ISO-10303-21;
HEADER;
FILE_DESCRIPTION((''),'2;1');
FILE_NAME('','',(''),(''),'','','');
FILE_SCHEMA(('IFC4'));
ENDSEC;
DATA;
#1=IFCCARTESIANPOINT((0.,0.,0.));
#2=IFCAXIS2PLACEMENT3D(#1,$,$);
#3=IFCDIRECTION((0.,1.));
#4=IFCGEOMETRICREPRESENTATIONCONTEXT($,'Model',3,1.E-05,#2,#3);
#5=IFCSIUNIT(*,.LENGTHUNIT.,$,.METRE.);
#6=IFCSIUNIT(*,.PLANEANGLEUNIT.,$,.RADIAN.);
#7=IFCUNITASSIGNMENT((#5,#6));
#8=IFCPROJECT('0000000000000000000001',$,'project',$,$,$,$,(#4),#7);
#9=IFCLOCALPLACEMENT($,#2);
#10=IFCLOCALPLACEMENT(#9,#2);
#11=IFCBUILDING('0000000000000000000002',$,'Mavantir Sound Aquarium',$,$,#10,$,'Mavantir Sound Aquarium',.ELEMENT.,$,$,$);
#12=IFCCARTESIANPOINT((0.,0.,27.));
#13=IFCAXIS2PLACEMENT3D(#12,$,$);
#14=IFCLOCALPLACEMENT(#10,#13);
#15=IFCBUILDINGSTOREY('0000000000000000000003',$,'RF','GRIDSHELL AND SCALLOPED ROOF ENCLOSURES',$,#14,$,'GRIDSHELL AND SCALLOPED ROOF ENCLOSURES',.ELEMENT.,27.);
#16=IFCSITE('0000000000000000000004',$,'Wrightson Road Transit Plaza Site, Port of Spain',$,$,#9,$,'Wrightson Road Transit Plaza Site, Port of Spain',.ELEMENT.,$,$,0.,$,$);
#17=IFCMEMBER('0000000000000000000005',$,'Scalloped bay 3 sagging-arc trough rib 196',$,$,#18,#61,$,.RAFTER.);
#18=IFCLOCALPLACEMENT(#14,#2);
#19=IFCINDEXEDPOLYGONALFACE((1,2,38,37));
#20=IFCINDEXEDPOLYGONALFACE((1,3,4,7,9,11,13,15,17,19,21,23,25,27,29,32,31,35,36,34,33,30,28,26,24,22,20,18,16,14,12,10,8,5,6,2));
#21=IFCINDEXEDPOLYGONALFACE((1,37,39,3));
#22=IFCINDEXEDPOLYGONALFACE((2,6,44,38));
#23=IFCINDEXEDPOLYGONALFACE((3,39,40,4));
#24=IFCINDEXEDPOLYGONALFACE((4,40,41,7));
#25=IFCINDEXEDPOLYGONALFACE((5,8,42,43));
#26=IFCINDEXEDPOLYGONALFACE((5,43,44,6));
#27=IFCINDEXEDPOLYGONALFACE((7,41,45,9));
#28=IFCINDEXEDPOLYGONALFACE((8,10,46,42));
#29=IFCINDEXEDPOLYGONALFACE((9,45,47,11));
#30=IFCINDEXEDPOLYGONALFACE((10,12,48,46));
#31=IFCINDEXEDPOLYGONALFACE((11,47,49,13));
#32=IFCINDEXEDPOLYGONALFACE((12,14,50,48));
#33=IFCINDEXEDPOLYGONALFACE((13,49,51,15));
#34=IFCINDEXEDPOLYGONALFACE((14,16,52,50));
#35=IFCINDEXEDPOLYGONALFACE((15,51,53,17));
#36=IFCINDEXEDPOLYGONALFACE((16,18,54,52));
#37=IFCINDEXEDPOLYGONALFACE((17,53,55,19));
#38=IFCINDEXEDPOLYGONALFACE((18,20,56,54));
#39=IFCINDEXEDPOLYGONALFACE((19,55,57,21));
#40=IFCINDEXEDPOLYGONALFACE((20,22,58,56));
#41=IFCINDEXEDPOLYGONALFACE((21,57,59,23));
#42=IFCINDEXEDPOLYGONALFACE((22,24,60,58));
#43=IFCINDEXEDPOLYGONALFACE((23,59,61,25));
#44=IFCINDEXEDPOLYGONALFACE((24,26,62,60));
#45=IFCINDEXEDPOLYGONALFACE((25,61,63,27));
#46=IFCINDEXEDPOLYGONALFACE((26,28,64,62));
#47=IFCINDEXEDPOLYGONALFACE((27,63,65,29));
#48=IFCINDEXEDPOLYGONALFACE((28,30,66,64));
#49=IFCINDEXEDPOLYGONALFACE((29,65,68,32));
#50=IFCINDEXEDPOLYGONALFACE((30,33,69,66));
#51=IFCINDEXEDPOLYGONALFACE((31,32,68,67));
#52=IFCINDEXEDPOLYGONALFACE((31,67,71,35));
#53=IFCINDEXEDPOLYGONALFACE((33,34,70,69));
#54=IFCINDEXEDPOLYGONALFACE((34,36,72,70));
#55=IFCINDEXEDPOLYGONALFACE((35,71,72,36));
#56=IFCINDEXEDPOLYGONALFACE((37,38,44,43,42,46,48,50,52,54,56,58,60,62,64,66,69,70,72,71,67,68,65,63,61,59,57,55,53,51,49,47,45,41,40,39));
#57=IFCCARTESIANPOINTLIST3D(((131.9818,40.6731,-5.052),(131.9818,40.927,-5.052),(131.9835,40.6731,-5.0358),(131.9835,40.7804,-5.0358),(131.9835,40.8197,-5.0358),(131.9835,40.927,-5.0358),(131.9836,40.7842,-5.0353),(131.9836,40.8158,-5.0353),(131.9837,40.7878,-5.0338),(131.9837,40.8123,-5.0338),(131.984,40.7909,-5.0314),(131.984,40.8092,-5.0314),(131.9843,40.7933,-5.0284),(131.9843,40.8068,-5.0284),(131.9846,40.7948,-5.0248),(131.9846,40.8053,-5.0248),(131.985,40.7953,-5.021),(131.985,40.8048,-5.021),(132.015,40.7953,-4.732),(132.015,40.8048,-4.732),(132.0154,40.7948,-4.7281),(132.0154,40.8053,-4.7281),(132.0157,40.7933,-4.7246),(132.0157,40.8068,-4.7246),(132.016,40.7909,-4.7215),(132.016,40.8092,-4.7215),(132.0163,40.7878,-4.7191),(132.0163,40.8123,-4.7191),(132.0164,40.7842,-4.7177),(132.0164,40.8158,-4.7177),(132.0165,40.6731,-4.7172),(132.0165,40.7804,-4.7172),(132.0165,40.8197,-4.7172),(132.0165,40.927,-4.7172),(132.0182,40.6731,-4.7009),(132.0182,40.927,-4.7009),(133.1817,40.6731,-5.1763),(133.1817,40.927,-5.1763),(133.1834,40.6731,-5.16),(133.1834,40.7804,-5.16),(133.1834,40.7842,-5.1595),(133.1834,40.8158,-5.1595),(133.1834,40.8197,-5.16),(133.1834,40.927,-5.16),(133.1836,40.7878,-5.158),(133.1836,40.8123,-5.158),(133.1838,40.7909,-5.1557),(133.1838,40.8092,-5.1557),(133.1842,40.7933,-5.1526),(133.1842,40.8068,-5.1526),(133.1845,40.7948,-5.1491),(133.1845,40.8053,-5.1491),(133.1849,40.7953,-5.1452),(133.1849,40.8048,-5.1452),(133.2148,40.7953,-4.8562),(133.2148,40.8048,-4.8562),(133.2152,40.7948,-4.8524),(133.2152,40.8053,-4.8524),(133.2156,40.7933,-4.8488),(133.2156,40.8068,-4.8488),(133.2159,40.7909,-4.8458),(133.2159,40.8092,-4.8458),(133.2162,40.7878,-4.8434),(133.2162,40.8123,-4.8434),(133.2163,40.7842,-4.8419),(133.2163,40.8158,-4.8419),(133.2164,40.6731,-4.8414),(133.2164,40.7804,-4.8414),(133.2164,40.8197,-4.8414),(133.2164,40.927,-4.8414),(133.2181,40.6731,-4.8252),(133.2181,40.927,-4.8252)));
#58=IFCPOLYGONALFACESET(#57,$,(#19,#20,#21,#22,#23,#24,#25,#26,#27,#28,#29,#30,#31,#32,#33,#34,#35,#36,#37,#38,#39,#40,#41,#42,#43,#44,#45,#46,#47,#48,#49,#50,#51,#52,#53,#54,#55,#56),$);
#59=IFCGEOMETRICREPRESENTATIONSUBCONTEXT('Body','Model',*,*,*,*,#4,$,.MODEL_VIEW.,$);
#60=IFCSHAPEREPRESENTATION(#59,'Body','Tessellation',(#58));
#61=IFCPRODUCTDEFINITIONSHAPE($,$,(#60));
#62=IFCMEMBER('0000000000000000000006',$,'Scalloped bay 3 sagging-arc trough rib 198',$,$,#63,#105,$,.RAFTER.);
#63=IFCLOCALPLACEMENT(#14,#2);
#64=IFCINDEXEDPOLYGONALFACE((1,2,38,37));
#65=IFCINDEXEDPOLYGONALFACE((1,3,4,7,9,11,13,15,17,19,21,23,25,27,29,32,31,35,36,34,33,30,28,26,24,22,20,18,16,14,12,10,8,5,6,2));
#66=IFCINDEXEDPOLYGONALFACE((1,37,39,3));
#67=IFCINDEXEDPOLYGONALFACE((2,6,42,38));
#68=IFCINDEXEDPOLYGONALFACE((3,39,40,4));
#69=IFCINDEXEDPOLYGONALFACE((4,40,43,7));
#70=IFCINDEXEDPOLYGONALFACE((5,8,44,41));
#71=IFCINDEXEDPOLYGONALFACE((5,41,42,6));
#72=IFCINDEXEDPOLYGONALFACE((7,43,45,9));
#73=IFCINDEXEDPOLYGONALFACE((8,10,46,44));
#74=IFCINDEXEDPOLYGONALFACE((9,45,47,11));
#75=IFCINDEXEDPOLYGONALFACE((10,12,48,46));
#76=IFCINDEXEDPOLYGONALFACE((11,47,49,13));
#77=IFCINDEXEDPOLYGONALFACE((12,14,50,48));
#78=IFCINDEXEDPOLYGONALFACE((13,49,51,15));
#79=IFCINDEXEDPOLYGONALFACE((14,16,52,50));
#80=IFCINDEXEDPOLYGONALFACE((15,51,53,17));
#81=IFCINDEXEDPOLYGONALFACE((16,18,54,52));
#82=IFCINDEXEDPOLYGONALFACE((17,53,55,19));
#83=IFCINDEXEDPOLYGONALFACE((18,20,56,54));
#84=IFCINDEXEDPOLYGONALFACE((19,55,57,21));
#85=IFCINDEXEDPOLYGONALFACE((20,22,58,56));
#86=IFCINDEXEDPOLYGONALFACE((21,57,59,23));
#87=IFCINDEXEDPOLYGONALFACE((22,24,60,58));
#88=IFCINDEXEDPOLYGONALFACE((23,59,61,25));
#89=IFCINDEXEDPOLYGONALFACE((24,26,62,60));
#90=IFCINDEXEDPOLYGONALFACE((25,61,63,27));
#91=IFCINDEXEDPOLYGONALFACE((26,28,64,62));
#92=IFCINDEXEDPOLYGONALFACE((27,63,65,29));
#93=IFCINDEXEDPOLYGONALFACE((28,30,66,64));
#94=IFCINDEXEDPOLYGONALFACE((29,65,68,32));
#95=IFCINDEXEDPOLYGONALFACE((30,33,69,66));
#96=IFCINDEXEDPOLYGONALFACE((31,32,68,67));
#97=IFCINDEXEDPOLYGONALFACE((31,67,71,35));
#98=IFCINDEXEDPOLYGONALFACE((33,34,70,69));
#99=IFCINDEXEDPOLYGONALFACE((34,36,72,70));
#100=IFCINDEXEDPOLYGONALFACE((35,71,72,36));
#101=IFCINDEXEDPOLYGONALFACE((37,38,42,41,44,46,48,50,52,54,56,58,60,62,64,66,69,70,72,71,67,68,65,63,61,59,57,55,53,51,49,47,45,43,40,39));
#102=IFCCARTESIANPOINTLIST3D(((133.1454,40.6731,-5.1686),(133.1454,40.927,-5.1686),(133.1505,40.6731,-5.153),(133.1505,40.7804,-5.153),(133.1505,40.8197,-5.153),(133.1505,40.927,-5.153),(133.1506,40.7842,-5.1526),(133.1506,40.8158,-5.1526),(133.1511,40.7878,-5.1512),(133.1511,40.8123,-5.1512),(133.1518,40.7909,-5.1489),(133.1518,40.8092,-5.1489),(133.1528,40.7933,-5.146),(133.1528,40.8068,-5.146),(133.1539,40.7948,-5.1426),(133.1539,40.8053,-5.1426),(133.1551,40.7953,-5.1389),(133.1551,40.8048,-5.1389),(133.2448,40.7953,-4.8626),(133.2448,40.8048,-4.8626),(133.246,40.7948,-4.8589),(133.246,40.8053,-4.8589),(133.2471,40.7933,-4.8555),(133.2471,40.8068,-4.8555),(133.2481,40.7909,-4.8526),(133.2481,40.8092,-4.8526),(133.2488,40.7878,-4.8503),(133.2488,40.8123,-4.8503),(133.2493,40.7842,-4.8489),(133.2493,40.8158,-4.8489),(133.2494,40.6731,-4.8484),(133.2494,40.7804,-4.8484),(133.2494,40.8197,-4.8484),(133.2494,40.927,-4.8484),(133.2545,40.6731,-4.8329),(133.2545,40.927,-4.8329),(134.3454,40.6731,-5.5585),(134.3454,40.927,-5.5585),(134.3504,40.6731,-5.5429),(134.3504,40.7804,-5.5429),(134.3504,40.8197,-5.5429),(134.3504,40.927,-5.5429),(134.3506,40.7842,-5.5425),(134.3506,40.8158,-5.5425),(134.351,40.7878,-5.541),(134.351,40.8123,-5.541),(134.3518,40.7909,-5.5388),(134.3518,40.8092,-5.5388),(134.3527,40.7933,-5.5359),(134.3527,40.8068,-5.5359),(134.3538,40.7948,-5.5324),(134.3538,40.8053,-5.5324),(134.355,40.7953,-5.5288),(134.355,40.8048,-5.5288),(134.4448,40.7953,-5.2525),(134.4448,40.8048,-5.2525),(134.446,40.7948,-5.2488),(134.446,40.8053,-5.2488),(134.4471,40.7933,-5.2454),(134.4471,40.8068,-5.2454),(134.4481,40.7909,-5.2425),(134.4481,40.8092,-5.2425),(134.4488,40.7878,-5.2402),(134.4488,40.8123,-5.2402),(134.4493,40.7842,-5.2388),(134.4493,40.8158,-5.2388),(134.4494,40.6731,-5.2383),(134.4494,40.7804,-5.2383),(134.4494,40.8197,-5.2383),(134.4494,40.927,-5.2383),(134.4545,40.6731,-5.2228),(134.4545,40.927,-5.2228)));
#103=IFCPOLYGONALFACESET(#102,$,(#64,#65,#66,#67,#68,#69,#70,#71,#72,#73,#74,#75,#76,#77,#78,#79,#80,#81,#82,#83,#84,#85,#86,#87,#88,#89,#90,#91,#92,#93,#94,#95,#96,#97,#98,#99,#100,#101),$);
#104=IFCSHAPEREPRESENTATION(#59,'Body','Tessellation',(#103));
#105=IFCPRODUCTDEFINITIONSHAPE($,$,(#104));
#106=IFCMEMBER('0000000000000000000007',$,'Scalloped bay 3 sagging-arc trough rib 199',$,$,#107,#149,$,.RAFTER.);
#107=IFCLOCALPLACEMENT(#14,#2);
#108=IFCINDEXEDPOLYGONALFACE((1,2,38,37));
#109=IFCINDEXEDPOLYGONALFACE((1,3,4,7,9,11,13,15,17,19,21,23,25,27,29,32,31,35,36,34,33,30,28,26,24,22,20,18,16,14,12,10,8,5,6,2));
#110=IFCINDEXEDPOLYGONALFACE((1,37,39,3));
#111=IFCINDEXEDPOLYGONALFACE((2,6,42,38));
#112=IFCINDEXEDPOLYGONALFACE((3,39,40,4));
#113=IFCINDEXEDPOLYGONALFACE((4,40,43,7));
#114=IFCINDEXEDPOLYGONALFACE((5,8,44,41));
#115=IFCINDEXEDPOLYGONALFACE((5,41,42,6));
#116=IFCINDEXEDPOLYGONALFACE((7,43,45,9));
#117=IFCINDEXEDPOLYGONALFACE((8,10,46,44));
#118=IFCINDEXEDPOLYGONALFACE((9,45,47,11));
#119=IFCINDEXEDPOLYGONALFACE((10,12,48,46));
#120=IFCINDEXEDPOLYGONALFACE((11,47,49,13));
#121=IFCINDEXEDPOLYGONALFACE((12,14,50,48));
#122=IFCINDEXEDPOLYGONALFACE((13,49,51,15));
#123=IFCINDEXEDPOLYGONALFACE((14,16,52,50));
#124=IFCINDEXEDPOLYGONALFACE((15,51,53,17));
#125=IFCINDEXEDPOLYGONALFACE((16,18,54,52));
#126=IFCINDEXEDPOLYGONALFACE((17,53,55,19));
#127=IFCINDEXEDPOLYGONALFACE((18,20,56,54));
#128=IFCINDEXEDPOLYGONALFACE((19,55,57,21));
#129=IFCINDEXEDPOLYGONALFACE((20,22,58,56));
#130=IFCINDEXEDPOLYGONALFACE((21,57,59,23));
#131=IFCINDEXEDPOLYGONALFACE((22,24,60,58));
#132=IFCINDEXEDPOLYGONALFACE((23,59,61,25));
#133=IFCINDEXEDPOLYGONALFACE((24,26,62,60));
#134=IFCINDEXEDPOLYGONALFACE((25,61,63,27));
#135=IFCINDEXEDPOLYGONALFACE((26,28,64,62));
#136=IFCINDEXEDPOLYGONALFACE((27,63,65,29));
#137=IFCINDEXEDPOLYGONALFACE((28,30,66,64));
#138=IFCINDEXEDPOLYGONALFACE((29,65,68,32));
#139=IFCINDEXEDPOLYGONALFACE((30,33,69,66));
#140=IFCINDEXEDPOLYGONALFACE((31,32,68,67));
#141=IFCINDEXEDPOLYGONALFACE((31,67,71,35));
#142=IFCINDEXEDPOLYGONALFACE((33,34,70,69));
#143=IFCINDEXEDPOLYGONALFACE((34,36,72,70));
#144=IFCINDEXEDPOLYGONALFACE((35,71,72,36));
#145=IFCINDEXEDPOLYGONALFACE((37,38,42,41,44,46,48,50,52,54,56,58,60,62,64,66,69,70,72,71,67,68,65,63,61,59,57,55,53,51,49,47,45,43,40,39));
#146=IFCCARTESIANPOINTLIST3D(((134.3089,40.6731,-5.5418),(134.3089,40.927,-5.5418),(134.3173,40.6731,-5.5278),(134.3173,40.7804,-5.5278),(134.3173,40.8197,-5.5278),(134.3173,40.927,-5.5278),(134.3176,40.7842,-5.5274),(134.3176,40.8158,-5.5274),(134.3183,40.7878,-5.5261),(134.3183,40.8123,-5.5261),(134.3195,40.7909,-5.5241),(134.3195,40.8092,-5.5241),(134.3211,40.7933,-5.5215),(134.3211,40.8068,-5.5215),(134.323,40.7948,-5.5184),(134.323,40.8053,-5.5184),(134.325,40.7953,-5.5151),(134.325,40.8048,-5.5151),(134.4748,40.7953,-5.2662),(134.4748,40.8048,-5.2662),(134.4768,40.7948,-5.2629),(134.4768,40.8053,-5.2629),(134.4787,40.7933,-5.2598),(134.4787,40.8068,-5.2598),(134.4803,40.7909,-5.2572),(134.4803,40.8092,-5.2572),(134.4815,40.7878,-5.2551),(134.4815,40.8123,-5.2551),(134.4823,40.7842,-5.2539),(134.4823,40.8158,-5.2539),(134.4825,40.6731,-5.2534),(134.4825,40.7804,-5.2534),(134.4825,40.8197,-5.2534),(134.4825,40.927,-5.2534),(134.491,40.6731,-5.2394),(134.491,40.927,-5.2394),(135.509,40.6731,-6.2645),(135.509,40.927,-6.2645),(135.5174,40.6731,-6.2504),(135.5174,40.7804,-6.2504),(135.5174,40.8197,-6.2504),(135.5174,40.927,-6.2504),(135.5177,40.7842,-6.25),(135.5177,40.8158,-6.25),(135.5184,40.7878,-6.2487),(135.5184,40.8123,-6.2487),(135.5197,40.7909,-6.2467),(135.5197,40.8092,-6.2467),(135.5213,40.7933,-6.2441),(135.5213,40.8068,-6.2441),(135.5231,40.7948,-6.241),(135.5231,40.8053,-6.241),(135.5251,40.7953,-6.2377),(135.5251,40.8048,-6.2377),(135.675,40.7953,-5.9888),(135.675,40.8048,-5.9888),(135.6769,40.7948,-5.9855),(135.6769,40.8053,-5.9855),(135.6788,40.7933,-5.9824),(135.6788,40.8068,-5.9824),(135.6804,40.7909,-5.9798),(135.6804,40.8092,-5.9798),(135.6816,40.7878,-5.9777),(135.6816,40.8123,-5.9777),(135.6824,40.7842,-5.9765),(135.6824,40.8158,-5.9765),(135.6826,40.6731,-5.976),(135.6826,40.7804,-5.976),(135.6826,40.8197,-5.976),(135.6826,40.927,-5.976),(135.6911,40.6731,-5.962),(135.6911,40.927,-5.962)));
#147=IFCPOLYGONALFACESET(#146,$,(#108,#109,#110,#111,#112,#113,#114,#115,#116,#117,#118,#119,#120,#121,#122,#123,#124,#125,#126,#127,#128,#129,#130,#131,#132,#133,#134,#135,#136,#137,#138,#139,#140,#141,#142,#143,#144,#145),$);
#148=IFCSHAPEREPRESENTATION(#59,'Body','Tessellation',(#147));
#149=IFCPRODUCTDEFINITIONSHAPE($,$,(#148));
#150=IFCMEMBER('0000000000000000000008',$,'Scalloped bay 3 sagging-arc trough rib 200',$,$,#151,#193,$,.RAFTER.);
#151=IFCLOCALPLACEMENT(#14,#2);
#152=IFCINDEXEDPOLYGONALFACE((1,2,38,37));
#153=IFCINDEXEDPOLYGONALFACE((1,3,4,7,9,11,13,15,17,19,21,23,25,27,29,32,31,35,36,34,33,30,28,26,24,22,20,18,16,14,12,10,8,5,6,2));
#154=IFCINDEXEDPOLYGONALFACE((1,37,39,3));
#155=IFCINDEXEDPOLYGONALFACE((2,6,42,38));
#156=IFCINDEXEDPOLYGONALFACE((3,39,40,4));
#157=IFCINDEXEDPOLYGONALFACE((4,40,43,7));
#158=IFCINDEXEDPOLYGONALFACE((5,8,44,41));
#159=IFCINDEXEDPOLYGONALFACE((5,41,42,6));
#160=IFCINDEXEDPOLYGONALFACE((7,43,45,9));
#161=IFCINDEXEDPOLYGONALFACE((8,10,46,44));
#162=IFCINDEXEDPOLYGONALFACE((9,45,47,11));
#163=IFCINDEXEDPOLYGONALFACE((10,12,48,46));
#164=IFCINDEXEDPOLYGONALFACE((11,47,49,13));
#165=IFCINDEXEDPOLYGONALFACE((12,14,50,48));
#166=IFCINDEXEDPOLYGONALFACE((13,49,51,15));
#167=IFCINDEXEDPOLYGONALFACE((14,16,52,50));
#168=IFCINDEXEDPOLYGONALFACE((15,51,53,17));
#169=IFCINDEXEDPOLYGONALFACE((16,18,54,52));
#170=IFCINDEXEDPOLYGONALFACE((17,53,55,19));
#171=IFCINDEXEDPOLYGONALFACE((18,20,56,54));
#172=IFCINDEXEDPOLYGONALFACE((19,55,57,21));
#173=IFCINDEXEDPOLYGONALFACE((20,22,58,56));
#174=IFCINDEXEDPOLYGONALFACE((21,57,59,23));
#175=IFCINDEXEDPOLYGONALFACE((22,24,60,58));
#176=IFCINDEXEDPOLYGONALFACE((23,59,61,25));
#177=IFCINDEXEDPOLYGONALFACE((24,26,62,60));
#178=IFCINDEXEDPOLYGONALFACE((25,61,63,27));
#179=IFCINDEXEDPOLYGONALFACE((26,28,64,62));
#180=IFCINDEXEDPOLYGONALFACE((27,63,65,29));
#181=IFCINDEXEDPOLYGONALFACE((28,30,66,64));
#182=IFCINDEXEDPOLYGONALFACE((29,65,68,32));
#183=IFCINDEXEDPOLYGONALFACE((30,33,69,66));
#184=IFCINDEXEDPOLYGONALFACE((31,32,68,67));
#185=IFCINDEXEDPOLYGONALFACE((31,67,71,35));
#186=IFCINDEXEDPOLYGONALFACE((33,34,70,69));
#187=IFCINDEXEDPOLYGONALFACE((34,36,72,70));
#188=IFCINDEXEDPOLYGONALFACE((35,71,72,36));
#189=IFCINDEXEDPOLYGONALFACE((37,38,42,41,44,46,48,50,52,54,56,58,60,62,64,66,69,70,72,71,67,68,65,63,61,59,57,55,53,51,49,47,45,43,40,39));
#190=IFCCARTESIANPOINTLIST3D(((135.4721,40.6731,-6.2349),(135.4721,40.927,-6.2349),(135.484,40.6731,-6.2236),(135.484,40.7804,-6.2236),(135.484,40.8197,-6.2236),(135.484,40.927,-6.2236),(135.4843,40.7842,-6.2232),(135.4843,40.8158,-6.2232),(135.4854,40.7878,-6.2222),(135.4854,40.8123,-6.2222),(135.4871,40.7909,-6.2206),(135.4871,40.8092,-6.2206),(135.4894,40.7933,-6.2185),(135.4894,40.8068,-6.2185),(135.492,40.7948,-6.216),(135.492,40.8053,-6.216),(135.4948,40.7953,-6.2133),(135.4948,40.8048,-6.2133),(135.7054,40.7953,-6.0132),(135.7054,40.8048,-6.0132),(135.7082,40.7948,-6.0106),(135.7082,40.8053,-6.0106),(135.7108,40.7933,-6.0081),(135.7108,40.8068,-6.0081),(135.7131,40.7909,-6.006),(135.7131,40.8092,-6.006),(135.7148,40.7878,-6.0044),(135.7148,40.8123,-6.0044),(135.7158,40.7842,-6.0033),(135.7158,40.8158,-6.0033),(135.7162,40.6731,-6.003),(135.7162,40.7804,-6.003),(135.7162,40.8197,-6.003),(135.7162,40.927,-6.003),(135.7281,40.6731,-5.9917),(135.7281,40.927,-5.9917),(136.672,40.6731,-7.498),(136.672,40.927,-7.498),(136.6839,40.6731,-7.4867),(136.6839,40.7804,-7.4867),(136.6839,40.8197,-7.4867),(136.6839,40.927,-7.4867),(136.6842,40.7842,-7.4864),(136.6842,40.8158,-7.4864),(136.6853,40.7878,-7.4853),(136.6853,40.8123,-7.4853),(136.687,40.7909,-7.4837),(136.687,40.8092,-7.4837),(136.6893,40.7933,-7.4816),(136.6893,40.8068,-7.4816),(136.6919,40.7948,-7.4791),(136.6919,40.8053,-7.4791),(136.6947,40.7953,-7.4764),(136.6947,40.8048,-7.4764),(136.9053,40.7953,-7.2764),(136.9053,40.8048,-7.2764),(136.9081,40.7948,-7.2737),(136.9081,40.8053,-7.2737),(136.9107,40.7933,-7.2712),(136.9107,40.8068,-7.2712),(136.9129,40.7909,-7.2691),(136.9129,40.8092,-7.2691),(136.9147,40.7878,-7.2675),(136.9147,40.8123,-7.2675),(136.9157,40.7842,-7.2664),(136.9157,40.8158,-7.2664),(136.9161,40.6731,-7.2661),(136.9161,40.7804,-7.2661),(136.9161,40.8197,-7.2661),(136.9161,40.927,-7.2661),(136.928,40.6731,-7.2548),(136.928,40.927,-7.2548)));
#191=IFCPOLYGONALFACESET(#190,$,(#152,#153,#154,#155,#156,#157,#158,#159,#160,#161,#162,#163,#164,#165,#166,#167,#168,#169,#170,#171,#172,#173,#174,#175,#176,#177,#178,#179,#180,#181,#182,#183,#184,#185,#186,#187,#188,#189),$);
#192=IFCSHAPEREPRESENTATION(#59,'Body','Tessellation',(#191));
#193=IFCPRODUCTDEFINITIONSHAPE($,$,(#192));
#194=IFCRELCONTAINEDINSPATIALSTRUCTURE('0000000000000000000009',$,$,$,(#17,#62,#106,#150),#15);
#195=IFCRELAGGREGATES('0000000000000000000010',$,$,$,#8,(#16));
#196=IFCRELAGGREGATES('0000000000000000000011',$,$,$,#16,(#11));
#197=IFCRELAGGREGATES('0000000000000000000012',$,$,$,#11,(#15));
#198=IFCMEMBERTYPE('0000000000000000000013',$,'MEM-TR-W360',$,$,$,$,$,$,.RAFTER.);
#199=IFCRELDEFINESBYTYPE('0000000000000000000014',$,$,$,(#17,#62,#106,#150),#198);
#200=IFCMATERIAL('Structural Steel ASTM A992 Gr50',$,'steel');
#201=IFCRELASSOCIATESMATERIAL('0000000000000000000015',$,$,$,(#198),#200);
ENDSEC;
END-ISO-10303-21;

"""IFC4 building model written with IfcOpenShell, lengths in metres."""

from ifc_helpers import new_model, si_unit, direction, frame, origin, origin_2d, place, context, subcontext, project, spatial, i_section, extrude, material, material_profile, profile_set, type_object, element, save


model = new_model("IFC4")

# Units and contexts
model_context = context("Model", 3, precision=1e-05, world=origin(), true_north=direction((0.0, 1.0)))
body_context = subcontext(model_context, "Body", "Model", "MODEL_VIEW")
ifc_project = project(units=[si_unit("LENGTHUNIT", "METRE"), si_unit("PLANEANGLEUNIT", "RADIAN")], contexts=[model_context])

# Site, building, storey
site_placement = place(None, origin())
site = spatial("IfcSite", under=ifc_project, at=site_placement, Name="Wrightson Road Transit Plaza Site, Port of Spain", LongName="Wrightson Road Transit Plaza Site, Port of Spain", CompositionType="ELEMENT", RefElevation=0.0)
building_placement = place(site_placement, origin())
building = spatial("IfcBuilding", under=site, at=building_placement, Name="Mavantir Sound Aquarium", LongName="Mavantir Sound Aquarium", CompositionType="ELEMENT")
storey_placement = place(building_placement, frame((0.0, 0.0, 27.0)))
storey = spatial("IfcBuildingStorey", under=building, at=storey_placement, Name="RF", Description="GRIDSHELL AND SCALLOPED ROOF ENCLOSURES", LongName="GRIDSHELL AND SCALLOPED ROOF ENCLOSURES", CompositionType="ELEMENT", Elevation=27.0)

# Shared definitions
ifc_material_1 = material(Name="Structural Steel ASTM A992 Gr50", Category="steel")

# Members
ifc_material_profile_1 = material_profile(ifc_material_1, i_section(OverallWidth=0.2539, OverallDepth=0.353, WebThickness=0.0095, FlangeThickness=0.0164, FilletRadius=0.0149, at=origin_2d()), Name="W360X91")
ifc_profile_set_1 = profile_set([ifc_material_profile_1], Name="Structural Steel ASTM A992 Gr50")
member_type_1 = type_object("IfcMemberType", Name="MEM-TR-W360", PredefinedType="RAFTER", material=ifc_profile_set_1)
for number, where, z_axis, x_axis, name in (
    (1, (132.0, 40.8, -4.8765), (0.99468, 0.0, -0.10301), (0.0, 1.0, 0.0), "Scalloped bay 3 sagging-arc trough rib 196"),
):
    element("IfcMember", number, at=place(storey_placement, frame(where, z_axis=z_axis, x_axis=x_axis)), inside=storey, type_object=member_type_1, Name=name, PredefinedType="RAFTER", context=body_context, shape_type="SweptSolid", body=[
        extrude(i_section(OverallWidth=0.2539, OverallDepth=0.353, WebThickness=0.0095, FlangeThickness=0.0164, FilletRadius=0.0149, at=origin_2d()), origin(), (0.0, 0.0, 1.0), 1.2063),
    ])
member_1_placement = place(storey_placement, frame((133.2, 40.8, -5.0007), z_axis=(0.951055, 0.0, -0.30902), x_axis=(0.0, 1.0, 0.0)))
element("IfcMember", 2, at=member_1_placement, inside=storey, type_object=member_type_1, Name="Scalloped bay 3 sagging-arc trough rib 198", PredefinedType="RAFTER", context=body_context, shape_type="SweptSolid", body=[
    extrude(i_section(OverallWidth=0.2539, OverallDepth=0.353, WebThickness=0.0095, FlangeThickness=0.0164, FilletRadius=0.0149, at=origin_2d()), origin(), (0.0, 0.0, 1.0), 1.2617),
])
member_2_placement = place(storey_placement, frame((134.3999, 40.8, -5.3906), z_axis=(0.856692, 0.0, -0.515828), x_axis=(0.0, 1.0, 0.0)))
element("IfcMember", 3, at=member_2_placement, inside=storey, type_object=member_type_1, Name="Scalloped bay 3 sagging-arc trough rib 199", PredefinedType="RAFTER", context=body_context, shape_type="SweptSolid", body=[
    extrude(i_section(OverallWidth=0.2539, OverallDepth=0.353, WebThickness=0.0095, FlangeThickness=0.0164, FilletRadius=0.0149, at=origin_2d()), origin(), (0.0, 0.0, 1.0), 1.4009),
])
member_3_placement = place(storey_placement, frame((135.6001, 40.8, -6.1133), z_axis=(0.688727, 0.0, -0.72502), x_axis=(0.0, 1.0, 0.0)))
element("IfcMember", 4, at=member_3_placement, inside=storey, type_object=member_type_1, Name="Scalloped bay 3 sagging-arc trough rib 200", PredefinedType="RAFTER", context=body_context, shape_type="SweptSolid", body=[
    extrude(i_section(OverallWidth=0.2539, OverallDepth=0.353, WebThickness=0.0095, FlangeThickness=0.0164, FilletRadius=0.0149, at=origin_2d()), origin(), (0.0, 0.0, 1.0), 1.7422),
])

save(model, "model.ifc")
